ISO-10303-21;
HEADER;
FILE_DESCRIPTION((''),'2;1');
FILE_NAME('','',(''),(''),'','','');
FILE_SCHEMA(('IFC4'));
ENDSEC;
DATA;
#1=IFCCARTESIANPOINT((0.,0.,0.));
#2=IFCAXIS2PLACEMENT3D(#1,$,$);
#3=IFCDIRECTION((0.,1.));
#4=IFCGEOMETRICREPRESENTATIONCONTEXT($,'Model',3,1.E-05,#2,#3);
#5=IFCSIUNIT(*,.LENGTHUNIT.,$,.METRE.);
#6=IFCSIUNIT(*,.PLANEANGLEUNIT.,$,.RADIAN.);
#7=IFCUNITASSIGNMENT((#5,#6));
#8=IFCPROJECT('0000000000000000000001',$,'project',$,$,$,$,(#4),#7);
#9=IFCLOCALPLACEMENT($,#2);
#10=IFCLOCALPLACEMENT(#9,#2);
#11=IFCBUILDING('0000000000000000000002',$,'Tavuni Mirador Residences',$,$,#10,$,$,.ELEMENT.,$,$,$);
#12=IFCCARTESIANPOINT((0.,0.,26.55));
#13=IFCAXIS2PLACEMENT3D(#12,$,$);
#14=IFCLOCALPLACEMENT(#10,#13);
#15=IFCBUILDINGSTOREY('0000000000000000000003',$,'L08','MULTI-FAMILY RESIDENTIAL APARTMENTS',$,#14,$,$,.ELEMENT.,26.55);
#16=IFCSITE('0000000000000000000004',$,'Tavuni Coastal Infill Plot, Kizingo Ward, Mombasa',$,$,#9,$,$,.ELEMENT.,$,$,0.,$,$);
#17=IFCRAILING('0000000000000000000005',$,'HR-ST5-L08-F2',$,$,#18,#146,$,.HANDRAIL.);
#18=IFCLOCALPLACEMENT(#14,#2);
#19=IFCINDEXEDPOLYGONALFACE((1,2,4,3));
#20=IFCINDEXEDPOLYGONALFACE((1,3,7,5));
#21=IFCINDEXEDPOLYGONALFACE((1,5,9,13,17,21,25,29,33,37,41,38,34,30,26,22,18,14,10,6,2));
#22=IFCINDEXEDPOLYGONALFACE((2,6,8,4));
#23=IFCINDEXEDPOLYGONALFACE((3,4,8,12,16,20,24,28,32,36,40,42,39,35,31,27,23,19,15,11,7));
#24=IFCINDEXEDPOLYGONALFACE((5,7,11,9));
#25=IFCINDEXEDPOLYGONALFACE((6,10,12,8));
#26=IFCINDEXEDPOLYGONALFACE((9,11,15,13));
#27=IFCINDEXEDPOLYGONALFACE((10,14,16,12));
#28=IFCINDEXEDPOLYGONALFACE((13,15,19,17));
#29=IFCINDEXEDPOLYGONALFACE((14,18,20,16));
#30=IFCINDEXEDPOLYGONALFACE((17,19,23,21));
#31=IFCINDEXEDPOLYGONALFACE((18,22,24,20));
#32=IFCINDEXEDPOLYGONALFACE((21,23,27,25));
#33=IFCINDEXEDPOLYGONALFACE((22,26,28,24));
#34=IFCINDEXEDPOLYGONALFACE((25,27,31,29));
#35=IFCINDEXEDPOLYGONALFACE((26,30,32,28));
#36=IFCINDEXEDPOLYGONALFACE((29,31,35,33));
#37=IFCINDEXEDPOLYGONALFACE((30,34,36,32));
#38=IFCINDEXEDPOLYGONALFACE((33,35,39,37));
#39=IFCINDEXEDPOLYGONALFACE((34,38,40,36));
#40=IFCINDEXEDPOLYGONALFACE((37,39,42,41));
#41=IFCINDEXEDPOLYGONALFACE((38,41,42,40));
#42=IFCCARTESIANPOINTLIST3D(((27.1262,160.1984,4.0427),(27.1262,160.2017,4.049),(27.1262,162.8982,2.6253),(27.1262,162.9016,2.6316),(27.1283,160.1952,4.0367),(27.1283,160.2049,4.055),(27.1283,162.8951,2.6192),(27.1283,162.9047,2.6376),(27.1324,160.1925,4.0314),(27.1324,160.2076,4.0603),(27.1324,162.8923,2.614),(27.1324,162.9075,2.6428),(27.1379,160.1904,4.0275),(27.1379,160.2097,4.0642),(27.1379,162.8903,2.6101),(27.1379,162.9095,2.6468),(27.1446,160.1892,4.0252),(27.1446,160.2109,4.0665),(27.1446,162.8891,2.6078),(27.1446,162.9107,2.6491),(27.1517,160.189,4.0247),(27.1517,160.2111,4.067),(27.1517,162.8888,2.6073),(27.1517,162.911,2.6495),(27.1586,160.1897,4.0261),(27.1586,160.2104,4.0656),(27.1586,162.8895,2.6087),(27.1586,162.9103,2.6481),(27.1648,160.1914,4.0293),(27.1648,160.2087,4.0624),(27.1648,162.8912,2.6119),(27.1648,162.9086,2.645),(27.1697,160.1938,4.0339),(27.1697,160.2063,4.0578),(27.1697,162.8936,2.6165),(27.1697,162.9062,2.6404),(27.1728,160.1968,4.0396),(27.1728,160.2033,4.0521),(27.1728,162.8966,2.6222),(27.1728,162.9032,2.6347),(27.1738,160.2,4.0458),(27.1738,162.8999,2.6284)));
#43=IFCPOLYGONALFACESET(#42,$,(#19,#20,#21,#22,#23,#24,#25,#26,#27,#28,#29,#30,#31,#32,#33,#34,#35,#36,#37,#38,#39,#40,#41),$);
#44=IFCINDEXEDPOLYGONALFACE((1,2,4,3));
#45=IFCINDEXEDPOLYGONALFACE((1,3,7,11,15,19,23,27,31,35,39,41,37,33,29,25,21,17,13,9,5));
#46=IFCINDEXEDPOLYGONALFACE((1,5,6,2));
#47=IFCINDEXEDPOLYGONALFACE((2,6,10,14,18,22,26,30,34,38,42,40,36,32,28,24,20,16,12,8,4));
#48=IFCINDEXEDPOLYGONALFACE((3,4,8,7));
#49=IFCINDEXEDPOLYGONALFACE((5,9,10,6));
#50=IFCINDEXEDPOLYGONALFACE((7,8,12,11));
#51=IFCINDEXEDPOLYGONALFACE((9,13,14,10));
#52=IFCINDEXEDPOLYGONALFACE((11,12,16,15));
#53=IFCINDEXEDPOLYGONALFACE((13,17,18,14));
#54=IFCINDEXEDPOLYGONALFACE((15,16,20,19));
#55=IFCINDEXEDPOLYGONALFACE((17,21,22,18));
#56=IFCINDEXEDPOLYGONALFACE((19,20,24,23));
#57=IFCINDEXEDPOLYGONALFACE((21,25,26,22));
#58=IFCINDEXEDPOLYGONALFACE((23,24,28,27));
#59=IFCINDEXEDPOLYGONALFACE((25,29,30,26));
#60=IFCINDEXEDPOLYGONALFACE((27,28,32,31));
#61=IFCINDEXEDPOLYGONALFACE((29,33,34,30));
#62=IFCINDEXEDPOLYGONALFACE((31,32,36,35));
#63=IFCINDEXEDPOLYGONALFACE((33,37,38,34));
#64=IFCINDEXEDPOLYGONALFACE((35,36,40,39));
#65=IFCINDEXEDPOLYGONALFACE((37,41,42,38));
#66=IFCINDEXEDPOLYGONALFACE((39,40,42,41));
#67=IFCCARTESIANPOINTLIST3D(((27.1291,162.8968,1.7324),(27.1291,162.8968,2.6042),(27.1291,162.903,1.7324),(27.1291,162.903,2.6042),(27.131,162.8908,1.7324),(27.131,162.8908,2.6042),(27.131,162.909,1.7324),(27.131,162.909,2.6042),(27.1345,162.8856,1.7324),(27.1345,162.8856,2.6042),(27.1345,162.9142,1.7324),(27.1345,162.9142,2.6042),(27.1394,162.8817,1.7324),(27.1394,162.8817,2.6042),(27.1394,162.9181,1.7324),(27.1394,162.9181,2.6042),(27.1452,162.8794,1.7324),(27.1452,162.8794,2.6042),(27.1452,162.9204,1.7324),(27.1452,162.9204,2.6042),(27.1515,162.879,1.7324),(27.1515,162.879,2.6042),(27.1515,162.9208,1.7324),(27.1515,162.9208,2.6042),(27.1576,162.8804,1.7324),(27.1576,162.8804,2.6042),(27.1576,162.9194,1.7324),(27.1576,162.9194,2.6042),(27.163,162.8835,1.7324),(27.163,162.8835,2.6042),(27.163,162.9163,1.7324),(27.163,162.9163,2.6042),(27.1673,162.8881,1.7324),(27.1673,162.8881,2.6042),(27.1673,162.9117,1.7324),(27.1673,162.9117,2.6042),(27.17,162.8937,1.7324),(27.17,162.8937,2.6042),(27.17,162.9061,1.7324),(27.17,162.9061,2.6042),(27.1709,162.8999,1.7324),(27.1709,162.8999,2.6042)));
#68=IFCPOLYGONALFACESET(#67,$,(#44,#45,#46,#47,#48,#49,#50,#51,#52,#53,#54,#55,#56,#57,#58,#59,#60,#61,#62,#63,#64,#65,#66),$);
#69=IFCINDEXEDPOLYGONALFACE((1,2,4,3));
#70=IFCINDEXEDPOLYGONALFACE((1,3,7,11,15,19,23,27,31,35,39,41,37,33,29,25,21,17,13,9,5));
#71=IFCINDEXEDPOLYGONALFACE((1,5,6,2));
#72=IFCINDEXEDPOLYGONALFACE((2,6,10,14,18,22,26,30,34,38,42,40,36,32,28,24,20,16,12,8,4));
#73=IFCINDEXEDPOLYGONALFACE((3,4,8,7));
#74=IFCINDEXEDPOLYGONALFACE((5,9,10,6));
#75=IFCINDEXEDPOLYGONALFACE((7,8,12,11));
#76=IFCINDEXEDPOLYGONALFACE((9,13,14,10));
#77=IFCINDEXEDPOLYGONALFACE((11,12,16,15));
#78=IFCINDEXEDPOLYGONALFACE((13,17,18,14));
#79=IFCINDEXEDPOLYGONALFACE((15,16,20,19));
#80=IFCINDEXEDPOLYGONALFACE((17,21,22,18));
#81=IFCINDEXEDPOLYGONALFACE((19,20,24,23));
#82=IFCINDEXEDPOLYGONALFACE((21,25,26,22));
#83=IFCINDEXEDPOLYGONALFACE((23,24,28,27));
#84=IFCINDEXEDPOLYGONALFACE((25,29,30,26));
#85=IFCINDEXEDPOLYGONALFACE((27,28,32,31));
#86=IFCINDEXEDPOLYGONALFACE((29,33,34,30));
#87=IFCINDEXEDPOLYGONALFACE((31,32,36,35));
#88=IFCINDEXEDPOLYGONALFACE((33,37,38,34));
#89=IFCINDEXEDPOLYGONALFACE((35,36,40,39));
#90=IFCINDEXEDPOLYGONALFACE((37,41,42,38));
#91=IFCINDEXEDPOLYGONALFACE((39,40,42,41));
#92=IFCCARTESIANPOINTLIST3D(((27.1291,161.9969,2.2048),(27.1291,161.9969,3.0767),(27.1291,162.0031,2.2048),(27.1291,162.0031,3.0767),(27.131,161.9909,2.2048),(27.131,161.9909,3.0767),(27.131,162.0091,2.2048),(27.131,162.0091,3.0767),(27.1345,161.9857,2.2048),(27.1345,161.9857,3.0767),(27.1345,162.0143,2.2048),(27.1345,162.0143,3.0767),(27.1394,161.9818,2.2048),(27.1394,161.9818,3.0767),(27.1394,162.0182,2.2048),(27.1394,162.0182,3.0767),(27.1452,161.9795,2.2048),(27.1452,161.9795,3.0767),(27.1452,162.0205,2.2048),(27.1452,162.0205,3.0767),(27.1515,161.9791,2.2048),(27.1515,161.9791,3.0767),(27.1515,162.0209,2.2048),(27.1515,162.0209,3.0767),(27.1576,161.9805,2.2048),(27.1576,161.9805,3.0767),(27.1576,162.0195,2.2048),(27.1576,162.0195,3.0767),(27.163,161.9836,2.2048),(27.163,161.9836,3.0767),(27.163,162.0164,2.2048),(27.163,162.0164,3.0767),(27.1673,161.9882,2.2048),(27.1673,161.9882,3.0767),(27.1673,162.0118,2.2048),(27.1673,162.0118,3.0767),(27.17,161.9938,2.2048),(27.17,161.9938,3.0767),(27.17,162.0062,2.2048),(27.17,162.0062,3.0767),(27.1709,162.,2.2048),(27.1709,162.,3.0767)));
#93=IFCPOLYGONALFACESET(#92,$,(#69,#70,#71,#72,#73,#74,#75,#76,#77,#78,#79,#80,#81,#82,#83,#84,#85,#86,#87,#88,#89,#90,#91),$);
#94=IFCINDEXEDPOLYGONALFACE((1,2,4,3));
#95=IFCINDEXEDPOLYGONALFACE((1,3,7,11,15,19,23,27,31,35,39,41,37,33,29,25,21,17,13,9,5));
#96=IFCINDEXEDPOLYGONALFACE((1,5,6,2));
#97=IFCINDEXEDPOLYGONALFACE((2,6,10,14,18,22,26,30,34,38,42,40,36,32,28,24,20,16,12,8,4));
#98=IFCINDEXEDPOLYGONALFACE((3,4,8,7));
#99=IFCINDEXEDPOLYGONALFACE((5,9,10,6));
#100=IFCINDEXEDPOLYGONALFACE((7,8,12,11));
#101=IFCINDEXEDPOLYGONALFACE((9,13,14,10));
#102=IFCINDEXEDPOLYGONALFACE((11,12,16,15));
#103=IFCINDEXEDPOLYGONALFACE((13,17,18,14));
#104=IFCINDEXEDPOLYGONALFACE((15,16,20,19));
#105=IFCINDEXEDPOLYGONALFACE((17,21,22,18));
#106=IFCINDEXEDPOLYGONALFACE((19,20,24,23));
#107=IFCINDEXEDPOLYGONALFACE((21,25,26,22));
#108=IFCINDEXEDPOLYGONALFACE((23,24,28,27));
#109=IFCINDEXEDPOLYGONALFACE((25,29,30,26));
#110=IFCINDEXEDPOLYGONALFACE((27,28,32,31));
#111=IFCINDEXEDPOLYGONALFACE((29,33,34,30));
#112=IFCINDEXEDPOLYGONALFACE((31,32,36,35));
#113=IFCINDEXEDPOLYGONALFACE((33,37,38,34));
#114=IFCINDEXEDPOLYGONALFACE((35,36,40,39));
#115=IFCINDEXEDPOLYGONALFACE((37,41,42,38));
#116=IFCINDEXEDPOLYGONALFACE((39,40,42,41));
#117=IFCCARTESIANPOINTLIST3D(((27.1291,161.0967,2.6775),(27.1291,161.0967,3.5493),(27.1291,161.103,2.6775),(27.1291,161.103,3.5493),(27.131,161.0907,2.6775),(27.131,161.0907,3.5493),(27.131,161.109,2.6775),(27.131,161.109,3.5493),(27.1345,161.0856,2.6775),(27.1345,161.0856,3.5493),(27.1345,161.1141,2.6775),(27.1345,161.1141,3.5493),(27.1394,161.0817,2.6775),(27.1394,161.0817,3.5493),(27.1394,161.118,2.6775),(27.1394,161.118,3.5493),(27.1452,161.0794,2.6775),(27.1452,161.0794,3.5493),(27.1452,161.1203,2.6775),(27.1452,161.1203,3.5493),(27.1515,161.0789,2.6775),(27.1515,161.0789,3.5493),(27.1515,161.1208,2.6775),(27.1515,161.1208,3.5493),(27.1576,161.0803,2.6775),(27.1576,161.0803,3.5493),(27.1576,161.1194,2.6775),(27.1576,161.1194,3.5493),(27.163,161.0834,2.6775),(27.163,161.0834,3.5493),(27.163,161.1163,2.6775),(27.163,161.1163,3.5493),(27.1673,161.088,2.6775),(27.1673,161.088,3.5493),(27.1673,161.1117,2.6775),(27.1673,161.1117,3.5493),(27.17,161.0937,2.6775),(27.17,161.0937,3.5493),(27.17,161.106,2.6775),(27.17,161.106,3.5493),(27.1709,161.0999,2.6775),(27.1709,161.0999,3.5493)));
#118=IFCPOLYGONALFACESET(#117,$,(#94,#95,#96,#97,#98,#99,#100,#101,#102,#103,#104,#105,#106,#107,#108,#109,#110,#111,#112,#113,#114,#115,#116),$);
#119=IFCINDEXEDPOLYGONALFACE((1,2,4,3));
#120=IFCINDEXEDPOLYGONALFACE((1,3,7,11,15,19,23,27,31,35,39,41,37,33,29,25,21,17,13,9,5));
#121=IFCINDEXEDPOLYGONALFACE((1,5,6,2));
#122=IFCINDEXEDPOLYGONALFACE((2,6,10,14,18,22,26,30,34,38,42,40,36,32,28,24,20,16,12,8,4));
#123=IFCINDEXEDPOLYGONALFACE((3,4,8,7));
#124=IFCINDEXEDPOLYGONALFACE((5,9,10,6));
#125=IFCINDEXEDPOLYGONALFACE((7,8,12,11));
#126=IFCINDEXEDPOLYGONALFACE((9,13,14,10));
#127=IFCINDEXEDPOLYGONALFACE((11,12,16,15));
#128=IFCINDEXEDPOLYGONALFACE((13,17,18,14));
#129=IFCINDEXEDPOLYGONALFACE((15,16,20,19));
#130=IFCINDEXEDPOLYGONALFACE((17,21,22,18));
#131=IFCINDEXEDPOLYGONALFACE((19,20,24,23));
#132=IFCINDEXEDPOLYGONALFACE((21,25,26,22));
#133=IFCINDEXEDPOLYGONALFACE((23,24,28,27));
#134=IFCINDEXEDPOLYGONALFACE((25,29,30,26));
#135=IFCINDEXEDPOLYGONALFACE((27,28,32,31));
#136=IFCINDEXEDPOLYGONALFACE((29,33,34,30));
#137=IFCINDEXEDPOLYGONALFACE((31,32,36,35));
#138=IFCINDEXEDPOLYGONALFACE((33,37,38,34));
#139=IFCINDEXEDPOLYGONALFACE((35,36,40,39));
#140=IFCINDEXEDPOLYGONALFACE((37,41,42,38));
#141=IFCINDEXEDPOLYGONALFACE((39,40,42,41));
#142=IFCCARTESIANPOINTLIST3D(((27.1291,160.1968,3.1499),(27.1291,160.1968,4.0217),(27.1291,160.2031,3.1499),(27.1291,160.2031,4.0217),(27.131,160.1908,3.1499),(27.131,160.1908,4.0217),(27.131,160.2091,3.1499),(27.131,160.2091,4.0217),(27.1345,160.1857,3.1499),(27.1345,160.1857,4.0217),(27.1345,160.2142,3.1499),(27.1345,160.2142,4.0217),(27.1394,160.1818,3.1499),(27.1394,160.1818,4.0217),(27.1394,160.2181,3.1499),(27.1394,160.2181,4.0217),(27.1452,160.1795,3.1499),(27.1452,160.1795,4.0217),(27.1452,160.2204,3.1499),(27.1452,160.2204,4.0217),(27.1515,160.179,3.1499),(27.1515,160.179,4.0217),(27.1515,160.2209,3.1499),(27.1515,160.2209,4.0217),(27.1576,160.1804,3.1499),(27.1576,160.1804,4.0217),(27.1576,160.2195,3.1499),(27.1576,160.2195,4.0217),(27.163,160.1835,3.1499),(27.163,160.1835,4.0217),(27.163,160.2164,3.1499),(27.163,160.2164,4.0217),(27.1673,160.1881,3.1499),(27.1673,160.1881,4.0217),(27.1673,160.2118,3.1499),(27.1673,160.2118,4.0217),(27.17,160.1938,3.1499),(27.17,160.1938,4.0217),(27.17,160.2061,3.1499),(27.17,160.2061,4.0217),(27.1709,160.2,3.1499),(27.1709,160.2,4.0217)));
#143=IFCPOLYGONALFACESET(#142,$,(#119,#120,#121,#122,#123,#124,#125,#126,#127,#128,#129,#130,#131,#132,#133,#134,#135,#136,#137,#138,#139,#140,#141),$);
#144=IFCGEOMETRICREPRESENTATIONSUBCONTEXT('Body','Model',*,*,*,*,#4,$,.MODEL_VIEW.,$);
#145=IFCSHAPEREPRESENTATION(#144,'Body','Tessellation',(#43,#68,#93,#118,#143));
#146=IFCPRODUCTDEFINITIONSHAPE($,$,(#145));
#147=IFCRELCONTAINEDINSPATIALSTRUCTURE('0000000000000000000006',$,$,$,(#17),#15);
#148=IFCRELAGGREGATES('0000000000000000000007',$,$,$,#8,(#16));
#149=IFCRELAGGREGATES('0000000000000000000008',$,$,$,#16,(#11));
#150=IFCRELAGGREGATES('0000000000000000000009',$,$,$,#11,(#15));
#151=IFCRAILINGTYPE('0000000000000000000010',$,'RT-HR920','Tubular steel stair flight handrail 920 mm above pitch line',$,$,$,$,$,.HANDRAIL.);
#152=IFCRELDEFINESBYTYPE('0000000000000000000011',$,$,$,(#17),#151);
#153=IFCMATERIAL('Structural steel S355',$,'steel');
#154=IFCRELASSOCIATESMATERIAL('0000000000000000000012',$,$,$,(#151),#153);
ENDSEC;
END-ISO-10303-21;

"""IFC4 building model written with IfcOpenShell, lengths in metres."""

from ifc_helpers import new_model, si_unit, direction, frame, origin, origin_2d, place, context, subcontext, project, spatial, circle, extrude, material, type_object, element, save


model = new_model("IFC4")

# Units and contexts
model_context = context("Model", 3, precision=1e-05, world=origin(), true_north=direction((0.0, 1.0)))
body_context = subcontext(model_context, "Body", "Model", "MODEL_VIEW")
ifc_project = project(units=[si_unit("LENGTHUNIT", "METRE"), si_unit("PLANEANGLEUNIT", "RADIAN")], contexts=[model_context])

# Site, building, storey
site_placement = place(None, origin())
site = spatial("IfcSite", under=ifc_project, at=site_placement, Name="Tavuni Coastal Infill Plot, Kizingo Ward, Mombasa", CompositionType="ELEMENT", RefElevation=0.0)
building_placement = place(site_placement, origin())
building = spatial("IfcBuilding", under=site, at=building_placement, Name="Tavuni Mirador Residences", CompositionType="ELEMENT")
storey_placement = place(building_placement, frame((0.0, 0.0, 26.55)))
storey = spatial("IfcBuildingStorey", under=building, at=storey_placement, Name="L08", Description="MULTI-FAMILY RESIDENTIAL APARTMENTS", CompositionType="ELEMENT", Elevation=26.55)

# Shared definitions
ifc_material_1 = material(Name="Structural steel S355", Category="steel")

# Railing
railing_type_1 = type_object("IfcRailingType", Name="RT-HR920", Description="Tubular steel stair flight handrail 920 mm above pitch line", PredefinedType="HANDRAIL", material=ifc_material_1)
railing_1_placement = place(storey_placement, frame((27.1499, 162.8999, 1.7324)))
element("IfcRailing", 1, at=railing_1_placement, inside=storey, type_object=railing_type_1, Name="HR-ST5-L08-F2", PredefinedType="HANDRAIL", context=body_context, shape_type="SweptSolid", body=[
    extrude(circle(Radius=0.0239, at=origin_2d()), frame((0.0, 0.0, 0.896), z_axis=(0.0, -0.885397, 0.464835), x_axis=(1.0, 0.0, 0.0)), (0.0, 0.0, 1.0), 3.0493),
    extrude(circle(Radius=0.021, at=origin_2d()), origin(), (0.0, 0.0, 1.0), 0.8718),
    extrude(circle(Radius=0.021, at=origin_2d()), frame((0.0, -0.8999, 0.4724)), (0.0, 0.0, 1.0), 0.8718),
    extrude(circle(Radius=0.021, at=origin_2d()), frame((0.0, -1.8, 0.9451)), (0.0, 0.0, 1.0), 0.8718),
    extrude(circle(Radius=0.021, at=origin_2d()), frame((0.0, -2.7, 1.4175)), (0.0, 0.0, 1.0), 0.8718),
])

save(model, "model.ifc")
